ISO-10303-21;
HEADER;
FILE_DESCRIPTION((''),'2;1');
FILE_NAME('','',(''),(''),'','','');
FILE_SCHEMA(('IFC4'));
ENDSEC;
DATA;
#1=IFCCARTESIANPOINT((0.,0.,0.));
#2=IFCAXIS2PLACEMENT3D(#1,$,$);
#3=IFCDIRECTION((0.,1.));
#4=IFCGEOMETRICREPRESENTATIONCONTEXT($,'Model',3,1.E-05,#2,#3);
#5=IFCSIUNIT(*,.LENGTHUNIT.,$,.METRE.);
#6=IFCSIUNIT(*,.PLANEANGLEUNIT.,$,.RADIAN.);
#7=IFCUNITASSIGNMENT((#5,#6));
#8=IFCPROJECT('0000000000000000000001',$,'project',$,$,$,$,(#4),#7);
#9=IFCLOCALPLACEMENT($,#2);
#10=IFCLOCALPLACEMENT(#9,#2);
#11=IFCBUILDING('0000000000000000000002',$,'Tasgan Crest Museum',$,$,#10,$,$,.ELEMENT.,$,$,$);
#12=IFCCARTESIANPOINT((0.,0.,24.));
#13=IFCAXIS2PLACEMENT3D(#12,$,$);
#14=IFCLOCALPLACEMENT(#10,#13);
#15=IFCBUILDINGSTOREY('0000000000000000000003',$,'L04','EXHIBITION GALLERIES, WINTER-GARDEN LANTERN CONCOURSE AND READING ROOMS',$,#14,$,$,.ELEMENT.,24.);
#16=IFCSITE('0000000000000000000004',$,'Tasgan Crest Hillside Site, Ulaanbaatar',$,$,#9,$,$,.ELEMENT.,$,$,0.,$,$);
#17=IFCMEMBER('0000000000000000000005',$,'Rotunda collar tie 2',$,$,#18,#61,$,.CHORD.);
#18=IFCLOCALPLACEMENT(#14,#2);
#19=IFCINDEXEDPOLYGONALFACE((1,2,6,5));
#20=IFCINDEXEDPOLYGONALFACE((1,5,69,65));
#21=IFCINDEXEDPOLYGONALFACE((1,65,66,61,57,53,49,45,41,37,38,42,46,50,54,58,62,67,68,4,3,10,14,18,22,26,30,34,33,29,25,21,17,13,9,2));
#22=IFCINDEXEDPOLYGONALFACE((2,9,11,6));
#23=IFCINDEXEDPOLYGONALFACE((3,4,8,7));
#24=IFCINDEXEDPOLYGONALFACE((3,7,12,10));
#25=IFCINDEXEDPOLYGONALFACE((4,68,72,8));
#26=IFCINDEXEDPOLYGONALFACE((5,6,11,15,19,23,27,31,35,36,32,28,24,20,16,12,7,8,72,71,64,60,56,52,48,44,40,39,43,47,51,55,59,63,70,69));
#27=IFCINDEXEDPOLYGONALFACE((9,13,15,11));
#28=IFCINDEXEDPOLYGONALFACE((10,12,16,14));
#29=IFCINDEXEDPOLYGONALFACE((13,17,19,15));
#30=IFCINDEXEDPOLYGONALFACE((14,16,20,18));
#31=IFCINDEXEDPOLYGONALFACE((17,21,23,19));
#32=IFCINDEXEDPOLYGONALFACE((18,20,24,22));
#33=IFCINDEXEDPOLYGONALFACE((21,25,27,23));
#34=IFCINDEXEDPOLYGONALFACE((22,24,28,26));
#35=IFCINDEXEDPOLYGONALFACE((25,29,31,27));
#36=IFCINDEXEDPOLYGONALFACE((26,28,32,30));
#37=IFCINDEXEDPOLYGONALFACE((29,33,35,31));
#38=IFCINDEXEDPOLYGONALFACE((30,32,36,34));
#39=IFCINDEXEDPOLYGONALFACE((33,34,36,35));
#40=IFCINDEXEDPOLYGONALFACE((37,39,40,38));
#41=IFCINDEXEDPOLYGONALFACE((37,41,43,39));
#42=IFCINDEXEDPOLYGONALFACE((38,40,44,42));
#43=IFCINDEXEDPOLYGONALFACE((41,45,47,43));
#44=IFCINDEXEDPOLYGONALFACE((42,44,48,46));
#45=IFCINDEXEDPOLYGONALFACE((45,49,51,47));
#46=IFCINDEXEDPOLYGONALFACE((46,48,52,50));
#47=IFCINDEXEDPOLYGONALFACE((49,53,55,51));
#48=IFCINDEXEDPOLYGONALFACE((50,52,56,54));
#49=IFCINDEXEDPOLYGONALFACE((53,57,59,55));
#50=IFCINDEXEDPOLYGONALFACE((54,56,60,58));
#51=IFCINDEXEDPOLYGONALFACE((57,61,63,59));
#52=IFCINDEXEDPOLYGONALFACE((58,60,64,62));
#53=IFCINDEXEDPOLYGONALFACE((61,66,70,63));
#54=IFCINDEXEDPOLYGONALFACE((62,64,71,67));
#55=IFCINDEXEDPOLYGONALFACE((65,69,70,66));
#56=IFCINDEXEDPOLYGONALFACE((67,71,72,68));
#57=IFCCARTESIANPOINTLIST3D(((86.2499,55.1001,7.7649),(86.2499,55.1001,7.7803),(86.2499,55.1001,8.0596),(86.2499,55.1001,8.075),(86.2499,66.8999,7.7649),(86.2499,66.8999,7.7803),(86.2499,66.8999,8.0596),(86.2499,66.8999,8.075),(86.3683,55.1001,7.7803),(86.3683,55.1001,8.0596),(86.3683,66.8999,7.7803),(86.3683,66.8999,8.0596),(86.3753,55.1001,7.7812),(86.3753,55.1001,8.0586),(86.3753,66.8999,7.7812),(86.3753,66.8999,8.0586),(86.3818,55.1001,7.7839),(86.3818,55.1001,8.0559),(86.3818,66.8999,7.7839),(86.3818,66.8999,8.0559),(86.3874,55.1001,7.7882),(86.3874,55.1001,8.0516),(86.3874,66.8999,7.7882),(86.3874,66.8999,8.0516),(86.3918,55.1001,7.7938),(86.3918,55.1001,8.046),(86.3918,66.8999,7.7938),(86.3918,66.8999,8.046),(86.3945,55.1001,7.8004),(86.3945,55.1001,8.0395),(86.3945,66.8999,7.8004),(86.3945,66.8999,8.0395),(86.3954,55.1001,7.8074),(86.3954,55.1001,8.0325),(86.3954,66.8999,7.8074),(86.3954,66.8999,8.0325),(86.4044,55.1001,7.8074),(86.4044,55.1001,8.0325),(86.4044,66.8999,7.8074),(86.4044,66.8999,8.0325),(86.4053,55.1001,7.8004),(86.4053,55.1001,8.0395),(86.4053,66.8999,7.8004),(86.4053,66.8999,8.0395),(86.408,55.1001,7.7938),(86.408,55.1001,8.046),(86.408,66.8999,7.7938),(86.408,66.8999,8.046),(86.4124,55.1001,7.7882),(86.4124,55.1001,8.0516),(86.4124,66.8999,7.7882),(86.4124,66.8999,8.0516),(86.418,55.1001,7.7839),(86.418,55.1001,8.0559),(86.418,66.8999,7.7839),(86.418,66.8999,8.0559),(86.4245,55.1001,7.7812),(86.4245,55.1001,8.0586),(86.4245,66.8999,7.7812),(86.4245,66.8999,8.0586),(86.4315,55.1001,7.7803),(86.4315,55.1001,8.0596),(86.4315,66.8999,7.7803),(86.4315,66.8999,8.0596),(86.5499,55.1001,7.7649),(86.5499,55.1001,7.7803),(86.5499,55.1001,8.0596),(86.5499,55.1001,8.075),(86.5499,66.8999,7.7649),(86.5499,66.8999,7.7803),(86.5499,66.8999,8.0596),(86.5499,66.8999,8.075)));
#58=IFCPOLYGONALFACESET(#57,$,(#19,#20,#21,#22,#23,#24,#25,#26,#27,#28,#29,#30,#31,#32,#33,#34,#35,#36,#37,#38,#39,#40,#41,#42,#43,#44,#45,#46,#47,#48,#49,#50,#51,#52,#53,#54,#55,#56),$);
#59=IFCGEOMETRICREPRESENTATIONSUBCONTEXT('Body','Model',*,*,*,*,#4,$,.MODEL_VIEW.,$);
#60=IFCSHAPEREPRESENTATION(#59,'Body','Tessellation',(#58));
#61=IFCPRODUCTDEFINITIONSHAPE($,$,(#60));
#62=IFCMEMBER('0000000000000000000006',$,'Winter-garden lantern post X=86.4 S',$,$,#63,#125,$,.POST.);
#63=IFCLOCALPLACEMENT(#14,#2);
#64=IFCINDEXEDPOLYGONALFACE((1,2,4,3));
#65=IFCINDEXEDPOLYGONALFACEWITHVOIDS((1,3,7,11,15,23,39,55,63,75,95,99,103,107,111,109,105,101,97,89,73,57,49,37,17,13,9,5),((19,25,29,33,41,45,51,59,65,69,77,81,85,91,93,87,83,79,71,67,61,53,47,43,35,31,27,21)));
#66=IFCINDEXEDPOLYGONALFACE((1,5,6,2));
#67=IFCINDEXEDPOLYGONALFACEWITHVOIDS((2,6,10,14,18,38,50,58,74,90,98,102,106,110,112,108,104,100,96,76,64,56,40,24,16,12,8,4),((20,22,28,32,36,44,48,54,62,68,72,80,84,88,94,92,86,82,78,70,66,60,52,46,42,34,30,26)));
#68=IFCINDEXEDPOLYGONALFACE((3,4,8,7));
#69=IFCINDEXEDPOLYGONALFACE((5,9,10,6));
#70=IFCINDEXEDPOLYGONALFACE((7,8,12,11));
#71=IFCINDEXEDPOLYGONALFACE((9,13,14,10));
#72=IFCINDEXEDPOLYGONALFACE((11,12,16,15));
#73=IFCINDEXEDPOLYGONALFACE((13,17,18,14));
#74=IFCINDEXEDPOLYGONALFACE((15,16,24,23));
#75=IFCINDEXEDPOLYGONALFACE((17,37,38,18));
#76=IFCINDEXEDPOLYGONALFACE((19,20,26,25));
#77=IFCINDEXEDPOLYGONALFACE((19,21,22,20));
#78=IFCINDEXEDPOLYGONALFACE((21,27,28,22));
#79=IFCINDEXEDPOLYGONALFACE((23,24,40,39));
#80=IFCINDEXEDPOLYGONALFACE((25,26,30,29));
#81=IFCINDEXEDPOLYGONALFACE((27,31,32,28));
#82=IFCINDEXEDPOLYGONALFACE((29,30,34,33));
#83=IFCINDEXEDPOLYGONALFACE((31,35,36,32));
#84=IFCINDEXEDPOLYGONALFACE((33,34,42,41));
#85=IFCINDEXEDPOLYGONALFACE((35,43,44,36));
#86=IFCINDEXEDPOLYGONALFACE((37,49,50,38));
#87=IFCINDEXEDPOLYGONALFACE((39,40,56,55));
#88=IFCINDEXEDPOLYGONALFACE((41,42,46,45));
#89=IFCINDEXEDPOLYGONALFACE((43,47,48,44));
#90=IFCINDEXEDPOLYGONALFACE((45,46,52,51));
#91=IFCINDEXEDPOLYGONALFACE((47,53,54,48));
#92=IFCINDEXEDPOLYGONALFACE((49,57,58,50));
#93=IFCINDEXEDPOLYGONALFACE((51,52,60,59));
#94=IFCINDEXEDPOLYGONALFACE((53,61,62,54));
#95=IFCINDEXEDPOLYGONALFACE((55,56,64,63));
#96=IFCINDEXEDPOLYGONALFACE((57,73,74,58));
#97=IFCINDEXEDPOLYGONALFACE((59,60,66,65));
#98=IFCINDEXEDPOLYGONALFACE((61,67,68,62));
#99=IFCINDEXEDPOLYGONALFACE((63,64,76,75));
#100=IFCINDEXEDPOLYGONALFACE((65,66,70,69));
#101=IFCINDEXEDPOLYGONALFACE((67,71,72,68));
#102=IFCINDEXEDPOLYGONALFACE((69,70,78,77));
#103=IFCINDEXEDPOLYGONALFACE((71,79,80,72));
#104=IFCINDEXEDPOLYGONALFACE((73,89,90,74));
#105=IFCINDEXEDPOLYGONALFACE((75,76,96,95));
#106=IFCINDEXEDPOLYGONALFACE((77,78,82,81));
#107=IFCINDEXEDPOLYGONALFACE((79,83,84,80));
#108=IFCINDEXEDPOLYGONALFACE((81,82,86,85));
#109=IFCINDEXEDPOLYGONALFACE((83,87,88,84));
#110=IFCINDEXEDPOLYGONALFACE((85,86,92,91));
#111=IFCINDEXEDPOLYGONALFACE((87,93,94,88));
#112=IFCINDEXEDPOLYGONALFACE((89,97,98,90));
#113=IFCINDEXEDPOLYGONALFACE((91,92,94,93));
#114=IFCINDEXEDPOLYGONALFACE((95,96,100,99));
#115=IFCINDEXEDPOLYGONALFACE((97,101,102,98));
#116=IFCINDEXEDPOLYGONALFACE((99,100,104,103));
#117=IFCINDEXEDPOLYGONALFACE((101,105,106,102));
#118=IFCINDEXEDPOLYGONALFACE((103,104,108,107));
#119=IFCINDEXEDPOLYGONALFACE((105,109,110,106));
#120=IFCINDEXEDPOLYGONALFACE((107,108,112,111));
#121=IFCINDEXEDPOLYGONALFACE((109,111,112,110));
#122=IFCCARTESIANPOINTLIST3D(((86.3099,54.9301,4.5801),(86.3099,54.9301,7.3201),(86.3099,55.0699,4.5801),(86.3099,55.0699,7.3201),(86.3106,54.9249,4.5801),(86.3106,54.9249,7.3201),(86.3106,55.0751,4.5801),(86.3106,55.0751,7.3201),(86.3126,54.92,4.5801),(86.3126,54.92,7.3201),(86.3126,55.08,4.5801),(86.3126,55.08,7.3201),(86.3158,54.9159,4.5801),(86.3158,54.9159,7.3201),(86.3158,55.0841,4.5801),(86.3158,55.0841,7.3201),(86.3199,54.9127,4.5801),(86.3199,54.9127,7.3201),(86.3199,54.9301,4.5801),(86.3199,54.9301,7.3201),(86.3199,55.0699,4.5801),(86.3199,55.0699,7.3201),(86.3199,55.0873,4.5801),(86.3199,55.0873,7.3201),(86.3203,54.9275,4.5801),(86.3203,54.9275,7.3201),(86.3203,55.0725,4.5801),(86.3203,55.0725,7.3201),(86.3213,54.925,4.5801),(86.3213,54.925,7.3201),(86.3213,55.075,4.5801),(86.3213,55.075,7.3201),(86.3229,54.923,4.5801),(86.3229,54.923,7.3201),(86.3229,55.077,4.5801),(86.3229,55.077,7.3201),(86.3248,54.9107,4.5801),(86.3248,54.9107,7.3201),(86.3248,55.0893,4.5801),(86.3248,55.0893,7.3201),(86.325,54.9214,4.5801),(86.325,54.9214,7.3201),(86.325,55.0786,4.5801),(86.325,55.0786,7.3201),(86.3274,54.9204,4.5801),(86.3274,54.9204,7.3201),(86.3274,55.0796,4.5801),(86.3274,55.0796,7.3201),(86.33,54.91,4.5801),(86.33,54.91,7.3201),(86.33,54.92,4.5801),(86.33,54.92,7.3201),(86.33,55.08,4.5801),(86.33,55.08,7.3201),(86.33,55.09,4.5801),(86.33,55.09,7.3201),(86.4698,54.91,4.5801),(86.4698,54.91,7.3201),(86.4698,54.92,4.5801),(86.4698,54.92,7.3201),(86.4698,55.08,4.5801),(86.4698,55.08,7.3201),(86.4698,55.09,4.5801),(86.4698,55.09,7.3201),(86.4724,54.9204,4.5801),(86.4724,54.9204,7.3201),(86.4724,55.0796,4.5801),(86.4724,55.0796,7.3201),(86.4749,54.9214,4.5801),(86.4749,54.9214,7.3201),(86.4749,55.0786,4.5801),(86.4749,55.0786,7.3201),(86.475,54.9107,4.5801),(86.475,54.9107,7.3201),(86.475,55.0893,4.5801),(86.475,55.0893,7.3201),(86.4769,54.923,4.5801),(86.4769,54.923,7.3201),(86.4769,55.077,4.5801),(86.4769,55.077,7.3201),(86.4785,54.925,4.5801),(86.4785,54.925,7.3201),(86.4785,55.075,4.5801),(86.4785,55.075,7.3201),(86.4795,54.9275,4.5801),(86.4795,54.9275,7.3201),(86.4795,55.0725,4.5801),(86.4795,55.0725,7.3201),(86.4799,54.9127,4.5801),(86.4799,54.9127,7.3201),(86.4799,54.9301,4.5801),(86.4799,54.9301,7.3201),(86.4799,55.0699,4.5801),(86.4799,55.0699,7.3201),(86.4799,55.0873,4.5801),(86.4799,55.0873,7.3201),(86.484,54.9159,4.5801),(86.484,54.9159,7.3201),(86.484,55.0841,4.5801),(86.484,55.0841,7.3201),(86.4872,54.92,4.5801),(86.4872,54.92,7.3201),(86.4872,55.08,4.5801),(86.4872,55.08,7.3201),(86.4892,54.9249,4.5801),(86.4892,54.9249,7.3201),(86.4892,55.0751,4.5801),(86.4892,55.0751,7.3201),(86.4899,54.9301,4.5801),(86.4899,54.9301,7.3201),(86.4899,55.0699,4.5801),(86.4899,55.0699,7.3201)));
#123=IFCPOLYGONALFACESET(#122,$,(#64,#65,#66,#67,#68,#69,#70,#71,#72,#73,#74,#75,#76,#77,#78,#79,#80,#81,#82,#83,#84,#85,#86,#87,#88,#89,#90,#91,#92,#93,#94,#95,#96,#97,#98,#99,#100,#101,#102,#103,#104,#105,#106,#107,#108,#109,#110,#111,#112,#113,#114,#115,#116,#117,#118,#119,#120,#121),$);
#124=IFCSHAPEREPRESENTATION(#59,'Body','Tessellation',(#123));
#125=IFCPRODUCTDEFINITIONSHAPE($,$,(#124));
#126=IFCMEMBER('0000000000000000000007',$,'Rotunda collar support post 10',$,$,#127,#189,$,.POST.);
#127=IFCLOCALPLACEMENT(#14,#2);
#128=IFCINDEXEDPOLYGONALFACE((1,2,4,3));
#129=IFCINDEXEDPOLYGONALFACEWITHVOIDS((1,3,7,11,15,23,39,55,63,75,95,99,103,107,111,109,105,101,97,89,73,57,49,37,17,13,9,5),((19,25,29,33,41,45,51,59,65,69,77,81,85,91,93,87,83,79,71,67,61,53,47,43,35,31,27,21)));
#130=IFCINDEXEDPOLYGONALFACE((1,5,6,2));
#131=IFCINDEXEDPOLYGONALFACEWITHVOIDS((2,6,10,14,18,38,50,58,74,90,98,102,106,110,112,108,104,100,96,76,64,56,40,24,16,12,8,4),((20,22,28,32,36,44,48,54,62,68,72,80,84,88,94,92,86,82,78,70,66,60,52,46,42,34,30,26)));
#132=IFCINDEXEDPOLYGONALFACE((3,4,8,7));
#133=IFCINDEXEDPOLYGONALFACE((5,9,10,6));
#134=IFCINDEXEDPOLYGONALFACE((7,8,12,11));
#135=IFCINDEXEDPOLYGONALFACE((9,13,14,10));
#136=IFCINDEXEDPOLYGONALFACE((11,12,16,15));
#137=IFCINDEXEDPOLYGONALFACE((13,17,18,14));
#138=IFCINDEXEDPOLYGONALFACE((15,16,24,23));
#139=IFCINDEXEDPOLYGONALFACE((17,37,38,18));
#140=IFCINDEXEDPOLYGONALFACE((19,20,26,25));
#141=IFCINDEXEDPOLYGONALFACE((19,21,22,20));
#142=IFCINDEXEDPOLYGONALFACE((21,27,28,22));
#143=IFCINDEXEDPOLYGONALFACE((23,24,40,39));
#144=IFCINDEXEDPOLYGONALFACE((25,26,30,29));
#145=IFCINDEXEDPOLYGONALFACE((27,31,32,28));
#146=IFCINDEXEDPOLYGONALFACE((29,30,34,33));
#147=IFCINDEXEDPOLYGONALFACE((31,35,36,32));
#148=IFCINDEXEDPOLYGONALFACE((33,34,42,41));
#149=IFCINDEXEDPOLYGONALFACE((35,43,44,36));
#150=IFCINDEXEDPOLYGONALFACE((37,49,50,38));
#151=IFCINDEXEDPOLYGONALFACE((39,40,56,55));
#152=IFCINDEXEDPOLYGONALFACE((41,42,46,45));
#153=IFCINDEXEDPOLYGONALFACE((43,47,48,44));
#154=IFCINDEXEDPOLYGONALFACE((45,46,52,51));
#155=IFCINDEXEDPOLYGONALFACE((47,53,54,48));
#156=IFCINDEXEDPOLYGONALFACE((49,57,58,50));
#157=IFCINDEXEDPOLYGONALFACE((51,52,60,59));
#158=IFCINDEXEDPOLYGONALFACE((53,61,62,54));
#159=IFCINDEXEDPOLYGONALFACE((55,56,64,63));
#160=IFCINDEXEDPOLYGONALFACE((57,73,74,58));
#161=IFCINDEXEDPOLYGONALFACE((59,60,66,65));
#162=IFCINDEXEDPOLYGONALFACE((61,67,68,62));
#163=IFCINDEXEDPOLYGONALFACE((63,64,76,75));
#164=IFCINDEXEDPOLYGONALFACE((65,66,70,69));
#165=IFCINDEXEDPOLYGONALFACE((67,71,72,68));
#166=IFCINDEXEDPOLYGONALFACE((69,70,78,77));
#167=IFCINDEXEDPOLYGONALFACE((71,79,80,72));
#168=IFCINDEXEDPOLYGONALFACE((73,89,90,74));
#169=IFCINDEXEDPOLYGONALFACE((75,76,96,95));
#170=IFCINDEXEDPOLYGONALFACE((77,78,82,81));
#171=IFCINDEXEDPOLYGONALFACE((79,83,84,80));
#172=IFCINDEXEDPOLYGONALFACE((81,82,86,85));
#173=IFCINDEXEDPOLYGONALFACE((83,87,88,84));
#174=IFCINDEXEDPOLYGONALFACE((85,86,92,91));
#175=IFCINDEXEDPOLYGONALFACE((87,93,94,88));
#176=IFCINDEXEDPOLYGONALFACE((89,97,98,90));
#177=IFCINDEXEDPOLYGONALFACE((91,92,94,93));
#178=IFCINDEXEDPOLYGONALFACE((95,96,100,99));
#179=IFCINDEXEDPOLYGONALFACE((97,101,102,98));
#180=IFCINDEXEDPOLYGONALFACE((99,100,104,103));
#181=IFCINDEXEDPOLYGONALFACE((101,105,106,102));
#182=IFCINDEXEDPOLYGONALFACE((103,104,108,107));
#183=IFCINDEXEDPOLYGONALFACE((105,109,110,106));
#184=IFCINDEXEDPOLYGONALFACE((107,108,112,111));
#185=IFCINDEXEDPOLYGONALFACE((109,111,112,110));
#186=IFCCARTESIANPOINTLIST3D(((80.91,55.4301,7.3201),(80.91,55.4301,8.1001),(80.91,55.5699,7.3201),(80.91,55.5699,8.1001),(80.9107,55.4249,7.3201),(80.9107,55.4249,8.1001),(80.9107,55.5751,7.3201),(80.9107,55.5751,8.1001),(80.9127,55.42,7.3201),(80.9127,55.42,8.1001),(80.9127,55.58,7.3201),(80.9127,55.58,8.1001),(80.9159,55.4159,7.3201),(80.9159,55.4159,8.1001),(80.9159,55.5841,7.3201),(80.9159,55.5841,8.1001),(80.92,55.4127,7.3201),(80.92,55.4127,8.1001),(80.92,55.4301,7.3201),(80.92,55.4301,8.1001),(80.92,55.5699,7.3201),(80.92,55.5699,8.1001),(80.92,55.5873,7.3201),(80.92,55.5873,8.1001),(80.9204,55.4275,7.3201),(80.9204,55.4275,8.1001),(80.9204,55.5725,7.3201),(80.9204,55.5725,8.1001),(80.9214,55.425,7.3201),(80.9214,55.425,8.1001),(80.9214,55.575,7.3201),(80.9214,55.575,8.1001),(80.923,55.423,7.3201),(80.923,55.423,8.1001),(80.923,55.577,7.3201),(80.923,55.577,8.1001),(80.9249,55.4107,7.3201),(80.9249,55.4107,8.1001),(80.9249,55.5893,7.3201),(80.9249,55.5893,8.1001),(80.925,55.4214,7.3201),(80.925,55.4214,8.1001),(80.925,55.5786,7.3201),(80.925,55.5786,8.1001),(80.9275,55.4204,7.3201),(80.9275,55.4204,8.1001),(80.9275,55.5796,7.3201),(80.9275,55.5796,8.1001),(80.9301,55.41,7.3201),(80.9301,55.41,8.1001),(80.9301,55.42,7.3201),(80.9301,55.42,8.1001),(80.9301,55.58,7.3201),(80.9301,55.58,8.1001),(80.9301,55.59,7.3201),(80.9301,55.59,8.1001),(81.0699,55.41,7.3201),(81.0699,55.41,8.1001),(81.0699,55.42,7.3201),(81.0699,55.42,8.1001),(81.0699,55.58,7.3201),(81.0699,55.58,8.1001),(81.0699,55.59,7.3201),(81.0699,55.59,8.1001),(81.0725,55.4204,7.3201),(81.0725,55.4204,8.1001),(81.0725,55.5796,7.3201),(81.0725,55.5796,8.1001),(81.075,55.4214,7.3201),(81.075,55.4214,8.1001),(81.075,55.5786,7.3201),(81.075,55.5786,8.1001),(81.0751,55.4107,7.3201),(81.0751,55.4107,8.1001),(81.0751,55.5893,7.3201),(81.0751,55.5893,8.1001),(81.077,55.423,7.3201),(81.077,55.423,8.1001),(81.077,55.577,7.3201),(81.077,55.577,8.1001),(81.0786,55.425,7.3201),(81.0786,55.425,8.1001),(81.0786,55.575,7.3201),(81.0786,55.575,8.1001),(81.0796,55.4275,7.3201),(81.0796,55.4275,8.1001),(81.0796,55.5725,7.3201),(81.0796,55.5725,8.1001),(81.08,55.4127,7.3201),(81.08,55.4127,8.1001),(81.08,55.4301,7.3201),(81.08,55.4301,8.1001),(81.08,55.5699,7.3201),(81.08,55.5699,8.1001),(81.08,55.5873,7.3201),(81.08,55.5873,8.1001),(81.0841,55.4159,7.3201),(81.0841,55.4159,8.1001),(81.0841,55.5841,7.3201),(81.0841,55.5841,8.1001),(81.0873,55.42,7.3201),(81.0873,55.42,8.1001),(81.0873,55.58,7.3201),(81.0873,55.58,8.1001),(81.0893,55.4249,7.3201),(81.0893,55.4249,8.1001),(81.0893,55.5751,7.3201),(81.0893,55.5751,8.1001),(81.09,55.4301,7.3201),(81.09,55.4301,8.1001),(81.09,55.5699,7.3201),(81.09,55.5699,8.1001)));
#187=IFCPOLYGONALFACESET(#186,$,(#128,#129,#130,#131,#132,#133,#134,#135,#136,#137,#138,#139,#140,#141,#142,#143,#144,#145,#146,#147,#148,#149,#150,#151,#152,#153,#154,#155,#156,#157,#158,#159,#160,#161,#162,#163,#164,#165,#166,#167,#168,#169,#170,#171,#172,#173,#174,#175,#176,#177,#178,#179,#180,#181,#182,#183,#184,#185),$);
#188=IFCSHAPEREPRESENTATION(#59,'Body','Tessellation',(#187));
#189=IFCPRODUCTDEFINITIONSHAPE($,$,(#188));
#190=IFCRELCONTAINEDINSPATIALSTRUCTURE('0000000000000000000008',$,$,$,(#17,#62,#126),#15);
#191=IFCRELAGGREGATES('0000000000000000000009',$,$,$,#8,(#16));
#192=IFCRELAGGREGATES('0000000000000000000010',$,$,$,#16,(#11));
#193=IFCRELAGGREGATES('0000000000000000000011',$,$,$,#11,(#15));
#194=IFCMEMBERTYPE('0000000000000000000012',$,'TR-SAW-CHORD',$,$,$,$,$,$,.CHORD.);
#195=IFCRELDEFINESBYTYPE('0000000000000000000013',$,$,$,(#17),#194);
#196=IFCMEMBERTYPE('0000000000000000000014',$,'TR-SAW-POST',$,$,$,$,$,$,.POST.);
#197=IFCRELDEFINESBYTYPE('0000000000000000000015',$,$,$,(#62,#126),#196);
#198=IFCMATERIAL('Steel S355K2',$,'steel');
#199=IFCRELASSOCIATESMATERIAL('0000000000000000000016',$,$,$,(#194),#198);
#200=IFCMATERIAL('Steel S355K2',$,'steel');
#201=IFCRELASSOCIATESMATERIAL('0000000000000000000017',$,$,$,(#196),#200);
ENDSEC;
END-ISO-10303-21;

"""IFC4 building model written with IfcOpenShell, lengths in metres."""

from ifc_helpers import new_model, si_unit, direction, frame, origin, origin_2d, place, context, subcontext, project, spatial, hollow_rectangle, i_section, extrude, material, material_profile, profile_set, type_object, element, save


model = new_model("IFC4")

# Units and contexts
model_context = context("Model", 3, precision=1e-05, world=origin(), true_north=direction((0.0, 1.0)))
body_context = subcontext(model_context, "Body", "Model", "MODEL_VIEW")
ifc_project = project(units=[si_unit("LENGTHUNIT", "METRE"), si_unit("PLANEANGLEUNIT", "RADIAN")], contexts=[model_context])

# Site, building, storey
site_placement = place(None, origin())
site = spatial("IfcSite", under=ifc_project, at=site_placement, Name="Tasgan Crest Hillside Site, Ulaanbaatar", CompositionType="ELEMENT", RefElevation=0.0)
building_placement = place(site_placement, origin())
building = spatial("IfcBuilding", under=site, at=building_placement, Name="Tasgan Crest Museum", CompositionType="ELEMENT")
storey_placement = place(building_placement, frame((0.0, 0.0, 24.0)))
storey = spatial("IfcBuildingStorey", under=building, at=storey_placement, Name="L04", Description="EXHIBITION GALLERIES, WINTER-GARDEN LANTERN CONCOURSE AND READING ROOMS", CompositionType="ELEMENT", Elevation=24.0)

# Members
ifc_material_1 = material(Name="Steel S355K2", Category="steel")
ifc_material_profile_1 = material_profile(ifc_material_1, i_section(OverallWidth=0.3, OverallDepth=0.3101, WebThickness=0.009, FlangeThickness=0.0154, FilletRadius=0.0271, at=origin_2d()), Name="HEA 320")
ifc_profile_set_1 = profile_set([ifc_material_profile_1], Name="Steel S355K2")
member_type_1 = type_object("IfcMemberType", Name="TR-SAW-CHORD", PredefinedType="CHORD", material=ifc_profile_set_1)
member_1_placement = place(storey_placement, frame((86.3999, 55.1001, 7.9199), z_axis=(0.0, 1.0, 0.0), x_axis=(-1.0, 0.0, 0.0)))
element("IfcMember", 1, at=member_1_placement, inside=storey, type_object=member_type_1, Name="Rotunda collar tie 2", PredefinedType="CHORD", context=body_context, shape_type="SweptSolid", body=[
    extrude(i_section(OverallWidth=0.3, OverallDepth=0.3101, WebThickness=0.009, FlangeThickness=0.0154, FilletRadius=0.0271, at=origin_2d()), origin(), (0.0, 0.0, 1.0), 11.7998),
])
ifc_material_2 = material(Name="Steel S355K2", Category="steel")
ifc_material_profile_2 = material_profile(ifc_material_2, hollow_rectangle(XDim=0.1799, YDim=0.1799, WallThickness=0.01, InnerFilletRadius=0.01, OuterFilletRadius=0.02, at=origin_2d()), Name="SHS 180x180x10")
ifc_profile_set_2 = profile_set([ifc_material_profile_2], Name="Steel S355K2")
member_type_2 = type_object("IfcMemberType", Name="TR-SAW-POST", PredefinedType="POST", material=ifc_profile_set_2)
member_2_placement = place(storey_placement, frame((86.3999, 55.0, 4.5801), z_axis=(0.0, 0.0, 1.0), x_axis=(1.0, 0.0, 0.0)))
element("IfcMember", 2, at=member_2_placement, inside=storey, type_object=member_type_2, Name="Winter-garden lantern post X=86.4 S", PredefinedType="POST", context=body_context, shape_type="SweptSolid", body=[
    extrude(hollow_rectangle(XDim=0.1799, YDim=0.1799, WallThickness=0.01, InnerFilletRadius=0.01, OuterFilletRadius=0.02, at=origin_2d()), origin(), (0.0, 0.0, 1.0), 2.74),
])
member_3_placement = place(storey_placement, frame((81.0, 55.5, 7.3201), z_axis=(0.0, 0.0, 1.0), x_axis=(1.0, 0.0, 0.0)))
element("IfcMember", 3, at=member_3_placement, inside=storey, type_object=member_type_2, Name="Rotunda collar support post 10", PredefinedType="POST", context=body_context, shape_type="SweptSolid", body=[
    extrude(hollow_rectangle(XDim=0.1799, YDim=0.1799, WallThickness=0.01, InnerFilletRadius=0.01, OuterFilletRadius=0.02, at=origin_2d()), origin(), (0.0, 0.0, 1.0), 0.78),
])

save(model, "model.ifc")
